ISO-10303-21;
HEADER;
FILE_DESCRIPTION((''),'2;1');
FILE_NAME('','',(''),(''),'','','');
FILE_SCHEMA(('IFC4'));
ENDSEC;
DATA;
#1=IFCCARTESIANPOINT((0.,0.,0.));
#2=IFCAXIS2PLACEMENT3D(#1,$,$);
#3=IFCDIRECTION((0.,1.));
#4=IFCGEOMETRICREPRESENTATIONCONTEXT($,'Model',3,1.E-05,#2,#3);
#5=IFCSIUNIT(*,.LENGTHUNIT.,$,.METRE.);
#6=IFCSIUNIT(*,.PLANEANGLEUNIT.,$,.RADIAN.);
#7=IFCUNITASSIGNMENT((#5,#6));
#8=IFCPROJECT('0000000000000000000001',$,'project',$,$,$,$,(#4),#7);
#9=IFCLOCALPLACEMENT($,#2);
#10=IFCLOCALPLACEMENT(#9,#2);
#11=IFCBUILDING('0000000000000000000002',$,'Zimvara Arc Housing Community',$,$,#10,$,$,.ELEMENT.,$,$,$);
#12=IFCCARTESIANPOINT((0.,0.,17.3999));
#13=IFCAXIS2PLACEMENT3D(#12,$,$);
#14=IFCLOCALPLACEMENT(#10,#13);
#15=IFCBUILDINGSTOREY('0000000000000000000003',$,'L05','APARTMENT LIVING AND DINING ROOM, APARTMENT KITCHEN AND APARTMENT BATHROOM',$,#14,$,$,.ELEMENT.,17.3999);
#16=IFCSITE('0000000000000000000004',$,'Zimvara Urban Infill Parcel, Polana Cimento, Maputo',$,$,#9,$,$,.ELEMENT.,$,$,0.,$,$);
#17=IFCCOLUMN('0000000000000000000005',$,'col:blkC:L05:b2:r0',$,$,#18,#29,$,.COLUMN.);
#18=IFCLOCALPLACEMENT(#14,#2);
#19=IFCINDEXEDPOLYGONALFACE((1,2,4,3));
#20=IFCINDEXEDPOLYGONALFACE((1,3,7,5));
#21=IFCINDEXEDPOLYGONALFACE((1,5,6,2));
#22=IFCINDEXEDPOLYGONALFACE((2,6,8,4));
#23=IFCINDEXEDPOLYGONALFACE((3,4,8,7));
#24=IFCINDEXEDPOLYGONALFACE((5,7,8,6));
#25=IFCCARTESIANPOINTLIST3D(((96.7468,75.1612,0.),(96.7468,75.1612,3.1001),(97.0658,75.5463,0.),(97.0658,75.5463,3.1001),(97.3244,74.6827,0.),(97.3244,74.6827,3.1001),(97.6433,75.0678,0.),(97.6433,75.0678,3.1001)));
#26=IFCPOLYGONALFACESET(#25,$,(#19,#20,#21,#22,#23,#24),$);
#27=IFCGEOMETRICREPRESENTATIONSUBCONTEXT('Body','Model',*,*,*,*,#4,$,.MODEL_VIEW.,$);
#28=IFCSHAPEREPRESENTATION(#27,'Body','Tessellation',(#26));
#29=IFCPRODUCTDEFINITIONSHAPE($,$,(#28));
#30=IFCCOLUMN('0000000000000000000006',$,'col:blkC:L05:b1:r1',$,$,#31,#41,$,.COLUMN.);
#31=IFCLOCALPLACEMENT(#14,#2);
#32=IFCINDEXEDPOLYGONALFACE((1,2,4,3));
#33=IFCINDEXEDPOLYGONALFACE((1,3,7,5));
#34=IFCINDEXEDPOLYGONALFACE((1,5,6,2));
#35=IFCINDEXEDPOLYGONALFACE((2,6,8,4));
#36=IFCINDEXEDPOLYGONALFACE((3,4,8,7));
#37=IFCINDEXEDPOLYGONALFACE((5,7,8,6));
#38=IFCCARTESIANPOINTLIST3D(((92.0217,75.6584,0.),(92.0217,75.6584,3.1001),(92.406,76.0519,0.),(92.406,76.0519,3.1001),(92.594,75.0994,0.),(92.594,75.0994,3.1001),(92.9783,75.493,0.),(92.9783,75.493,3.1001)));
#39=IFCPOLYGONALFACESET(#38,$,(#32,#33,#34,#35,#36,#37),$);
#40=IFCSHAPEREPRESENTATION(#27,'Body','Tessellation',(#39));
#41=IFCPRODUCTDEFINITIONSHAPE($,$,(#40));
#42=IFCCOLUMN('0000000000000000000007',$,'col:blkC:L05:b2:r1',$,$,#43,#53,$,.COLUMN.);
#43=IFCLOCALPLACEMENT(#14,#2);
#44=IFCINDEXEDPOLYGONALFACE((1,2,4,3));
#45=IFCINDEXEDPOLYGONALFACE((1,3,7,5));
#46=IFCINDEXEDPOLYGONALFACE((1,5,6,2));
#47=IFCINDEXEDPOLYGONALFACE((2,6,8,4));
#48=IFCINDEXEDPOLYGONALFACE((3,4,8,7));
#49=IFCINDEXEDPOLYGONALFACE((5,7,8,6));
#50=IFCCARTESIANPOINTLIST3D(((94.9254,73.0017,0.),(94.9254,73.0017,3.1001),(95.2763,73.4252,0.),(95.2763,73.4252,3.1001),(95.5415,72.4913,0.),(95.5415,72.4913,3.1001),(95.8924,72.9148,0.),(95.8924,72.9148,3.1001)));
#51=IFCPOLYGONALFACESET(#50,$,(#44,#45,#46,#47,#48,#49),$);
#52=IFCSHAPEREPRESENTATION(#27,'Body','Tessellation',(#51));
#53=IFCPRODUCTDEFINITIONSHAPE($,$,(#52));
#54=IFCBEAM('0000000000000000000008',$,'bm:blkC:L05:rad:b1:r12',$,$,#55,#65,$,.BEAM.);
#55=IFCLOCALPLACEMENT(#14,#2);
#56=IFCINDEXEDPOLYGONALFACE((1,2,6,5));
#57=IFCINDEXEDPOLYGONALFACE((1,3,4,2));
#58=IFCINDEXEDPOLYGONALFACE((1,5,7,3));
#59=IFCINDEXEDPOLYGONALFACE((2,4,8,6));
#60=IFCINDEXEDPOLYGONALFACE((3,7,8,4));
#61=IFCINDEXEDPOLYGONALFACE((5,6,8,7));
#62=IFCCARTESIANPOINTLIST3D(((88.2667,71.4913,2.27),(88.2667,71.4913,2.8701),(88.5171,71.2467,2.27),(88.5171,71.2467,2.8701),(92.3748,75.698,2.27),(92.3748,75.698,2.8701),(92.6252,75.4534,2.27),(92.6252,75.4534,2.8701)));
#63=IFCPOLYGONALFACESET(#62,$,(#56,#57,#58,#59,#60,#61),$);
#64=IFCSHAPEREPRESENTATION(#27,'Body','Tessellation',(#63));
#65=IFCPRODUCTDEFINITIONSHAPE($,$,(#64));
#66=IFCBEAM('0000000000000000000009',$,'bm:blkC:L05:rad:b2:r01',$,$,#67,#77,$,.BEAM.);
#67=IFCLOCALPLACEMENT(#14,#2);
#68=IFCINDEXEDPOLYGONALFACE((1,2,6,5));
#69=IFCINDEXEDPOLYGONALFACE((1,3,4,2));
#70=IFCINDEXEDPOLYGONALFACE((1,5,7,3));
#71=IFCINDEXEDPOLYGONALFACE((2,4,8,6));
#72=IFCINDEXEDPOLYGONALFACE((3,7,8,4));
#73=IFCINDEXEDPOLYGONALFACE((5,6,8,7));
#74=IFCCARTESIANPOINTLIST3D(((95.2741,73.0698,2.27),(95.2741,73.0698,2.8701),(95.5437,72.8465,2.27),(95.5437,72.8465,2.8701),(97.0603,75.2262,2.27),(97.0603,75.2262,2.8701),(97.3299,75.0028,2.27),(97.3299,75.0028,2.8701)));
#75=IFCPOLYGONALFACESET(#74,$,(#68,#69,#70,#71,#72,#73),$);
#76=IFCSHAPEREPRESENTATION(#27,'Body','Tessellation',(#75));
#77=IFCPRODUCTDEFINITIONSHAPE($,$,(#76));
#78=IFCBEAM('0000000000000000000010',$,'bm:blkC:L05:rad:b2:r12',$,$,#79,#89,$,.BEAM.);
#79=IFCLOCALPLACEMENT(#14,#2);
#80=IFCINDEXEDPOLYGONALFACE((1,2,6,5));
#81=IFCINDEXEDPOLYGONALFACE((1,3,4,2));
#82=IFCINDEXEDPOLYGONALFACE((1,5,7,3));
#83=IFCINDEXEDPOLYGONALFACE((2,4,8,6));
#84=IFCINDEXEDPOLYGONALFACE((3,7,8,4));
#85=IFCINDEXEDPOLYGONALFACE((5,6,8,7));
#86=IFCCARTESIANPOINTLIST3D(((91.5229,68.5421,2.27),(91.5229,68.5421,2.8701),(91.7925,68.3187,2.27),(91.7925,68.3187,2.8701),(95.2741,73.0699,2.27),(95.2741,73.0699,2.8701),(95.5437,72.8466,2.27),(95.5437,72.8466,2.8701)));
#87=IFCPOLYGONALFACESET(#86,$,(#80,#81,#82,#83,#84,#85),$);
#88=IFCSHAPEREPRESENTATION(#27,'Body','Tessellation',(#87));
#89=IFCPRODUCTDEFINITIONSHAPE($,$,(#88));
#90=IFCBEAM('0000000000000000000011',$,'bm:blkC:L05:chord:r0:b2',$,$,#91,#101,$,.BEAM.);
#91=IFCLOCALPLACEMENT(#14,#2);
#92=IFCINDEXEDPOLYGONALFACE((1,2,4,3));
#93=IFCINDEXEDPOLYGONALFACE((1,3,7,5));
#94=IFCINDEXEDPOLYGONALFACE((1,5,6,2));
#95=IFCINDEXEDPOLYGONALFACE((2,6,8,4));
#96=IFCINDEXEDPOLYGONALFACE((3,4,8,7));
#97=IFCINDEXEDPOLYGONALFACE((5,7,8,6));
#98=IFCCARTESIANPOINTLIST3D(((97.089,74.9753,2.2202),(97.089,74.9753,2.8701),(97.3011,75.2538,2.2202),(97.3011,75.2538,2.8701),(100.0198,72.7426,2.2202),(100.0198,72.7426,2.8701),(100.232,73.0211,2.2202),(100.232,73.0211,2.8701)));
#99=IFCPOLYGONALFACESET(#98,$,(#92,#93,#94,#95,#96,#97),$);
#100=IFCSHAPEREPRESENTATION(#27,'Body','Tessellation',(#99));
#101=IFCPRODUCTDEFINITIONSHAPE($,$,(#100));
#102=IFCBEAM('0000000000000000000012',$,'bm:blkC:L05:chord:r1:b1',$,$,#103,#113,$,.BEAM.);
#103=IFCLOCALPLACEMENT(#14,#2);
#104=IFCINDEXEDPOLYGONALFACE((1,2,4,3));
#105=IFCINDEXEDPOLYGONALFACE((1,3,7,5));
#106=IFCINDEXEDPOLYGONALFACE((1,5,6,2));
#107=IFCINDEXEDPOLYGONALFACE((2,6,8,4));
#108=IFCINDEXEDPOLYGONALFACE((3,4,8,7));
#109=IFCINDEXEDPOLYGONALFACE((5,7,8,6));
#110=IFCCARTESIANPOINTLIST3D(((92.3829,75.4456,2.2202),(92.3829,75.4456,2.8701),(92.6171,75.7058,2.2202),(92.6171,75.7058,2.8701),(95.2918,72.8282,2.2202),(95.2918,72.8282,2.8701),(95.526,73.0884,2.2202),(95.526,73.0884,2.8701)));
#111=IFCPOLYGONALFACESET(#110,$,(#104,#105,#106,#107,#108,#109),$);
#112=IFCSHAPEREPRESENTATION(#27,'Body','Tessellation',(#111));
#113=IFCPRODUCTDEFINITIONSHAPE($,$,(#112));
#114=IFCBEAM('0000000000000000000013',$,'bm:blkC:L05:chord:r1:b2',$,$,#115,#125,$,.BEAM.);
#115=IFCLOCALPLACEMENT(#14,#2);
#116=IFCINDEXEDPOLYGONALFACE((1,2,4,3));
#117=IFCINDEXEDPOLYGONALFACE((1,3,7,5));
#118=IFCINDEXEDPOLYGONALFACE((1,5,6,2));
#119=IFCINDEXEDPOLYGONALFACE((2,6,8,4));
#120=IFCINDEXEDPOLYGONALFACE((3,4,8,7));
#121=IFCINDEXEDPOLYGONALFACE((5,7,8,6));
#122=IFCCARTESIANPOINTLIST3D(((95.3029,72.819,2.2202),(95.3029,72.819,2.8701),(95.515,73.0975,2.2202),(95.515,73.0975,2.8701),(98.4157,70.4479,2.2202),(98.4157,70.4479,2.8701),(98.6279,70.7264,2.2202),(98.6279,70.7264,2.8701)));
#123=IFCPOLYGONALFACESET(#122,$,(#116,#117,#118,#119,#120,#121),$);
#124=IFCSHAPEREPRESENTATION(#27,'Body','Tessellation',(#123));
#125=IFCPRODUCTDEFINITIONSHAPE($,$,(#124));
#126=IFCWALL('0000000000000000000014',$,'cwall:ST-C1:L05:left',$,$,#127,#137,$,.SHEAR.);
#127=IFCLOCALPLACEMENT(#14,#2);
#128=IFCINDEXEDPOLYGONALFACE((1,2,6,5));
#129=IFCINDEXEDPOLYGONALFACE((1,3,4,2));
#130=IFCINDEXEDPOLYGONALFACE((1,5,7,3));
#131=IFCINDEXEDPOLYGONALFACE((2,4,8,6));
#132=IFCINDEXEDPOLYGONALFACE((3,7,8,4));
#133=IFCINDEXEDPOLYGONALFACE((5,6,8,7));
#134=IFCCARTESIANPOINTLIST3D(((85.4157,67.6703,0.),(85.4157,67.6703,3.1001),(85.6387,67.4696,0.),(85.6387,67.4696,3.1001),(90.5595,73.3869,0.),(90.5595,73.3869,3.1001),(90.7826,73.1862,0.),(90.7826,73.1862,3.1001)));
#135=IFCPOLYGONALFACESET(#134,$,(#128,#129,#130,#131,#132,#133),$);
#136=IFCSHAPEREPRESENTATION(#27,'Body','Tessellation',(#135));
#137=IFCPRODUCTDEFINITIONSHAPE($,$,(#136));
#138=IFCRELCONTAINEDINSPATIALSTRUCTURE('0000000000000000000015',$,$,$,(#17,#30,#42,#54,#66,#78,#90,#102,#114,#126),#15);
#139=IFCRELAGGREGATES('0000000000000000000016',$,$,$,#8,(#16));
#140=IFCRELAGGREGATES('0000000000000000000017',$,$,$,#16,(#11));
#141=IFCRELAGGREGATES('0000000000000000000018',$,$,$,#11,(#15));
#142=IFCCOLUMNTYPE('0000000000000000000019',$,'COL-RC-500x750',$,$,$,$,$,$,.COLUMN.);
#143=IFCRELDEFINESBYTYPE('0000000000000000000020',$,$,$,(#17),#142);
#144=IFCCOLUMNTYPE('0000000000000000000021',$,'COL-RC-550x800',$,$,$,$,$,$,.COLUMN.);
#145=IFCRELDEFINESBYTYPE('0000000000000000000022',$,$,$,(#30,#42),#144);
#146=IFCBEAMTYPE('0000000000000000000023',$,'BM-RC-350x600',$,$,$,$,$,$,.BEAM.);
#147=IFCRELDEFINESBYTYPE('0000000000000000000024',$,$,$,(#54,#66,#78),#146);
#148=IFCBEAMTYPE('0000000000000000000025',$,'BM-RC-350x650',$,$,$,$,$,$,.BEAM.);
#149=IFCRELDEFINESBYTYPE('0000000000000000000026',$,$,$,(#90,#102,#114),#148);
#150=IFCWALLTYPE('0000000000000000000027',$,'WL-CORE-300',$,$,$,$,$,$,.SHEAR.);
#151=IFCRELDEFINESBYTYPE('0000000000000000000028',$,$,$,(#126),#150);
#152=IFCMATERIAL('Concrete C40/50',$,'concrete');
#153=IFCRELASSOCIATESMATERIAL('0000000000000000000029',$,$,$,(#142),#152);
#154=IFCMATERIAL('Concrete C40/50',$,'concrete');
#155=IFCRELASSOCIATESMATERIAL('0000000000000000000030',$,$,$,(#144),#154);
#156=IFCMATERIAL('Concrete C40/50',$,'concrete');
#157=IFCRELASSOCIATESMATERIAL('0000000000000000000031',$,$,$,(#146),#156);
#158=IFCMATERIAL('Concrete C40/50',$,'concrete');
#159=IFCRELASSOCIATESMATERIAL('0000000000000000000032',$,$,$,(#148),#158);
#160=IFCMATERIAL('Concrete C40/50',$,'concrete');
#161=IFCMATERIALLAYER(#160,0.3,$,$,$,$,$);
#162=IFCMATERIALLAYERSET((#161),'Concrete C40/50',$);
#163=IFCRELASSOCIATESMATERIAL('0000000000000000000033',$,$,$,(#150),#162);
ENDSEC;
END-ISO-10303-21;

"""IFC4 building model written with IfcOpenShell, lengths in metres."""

from ifc_helpers import new_model, si_unit, direction, frame, frame_2d, origin, origin_2d, place, context, subcontext, project, spatial, rectangle, extrude, material, layer, layer_set, material_profile, profile_set, type_object, element, save


model = new_model("IFC4")

# Units and contexts
model_context = context("Model", 3, precision=1e-05, world=origin(), true_north=direction((0.0, 1.0)))
body_context = subcontext(model_context, "Body", "Model", "MODEL_VIEW")
ifc_project = project(units=[si_unit("LENGTHUNIT", "METRE"), si_unit("PLANEANGLEUNIT", "RADIAN")], contexts=[model_context])

# Site, building, storey
site_placement = place(None, origin())
site = spatial("IfcSite", under=ifc_project, at=site_placement, Name="Zimvara Urban Infill Parcel, Polana Cimento, Maputo", CompositionType="ELEMENT", RefElevation=0.0)
building_placement = place(site_placement, origin())
building = spatial("IfcBuilding", under=site, at=building_placement, Name="Zimvara Arc Housing Community", CompositionType="ELEMENT")
storey_placement = place(building_placement, frame((0.0, 0.0, 17.3999)))
storey = spatial("IfcBuildingStorey", under=building, at=storey_placement, Name="L05", Description="APARTMENT LIVING AND DINING ROOM, APARTMENT KITCHEN AND APARTMENT BATHROOM", CompositionType="ELEMENT", Elevation=17.3999)

# Columns
ifc_material_1 = material(Name="Concrete C40/50", Category="concrete")
ifc_material_profile_1 = material_profile(ifc_material_1, rectangle(XDim=0.5, YDim=0.75, at=origin_2d()), Name="RC 500x750")
ifc_profile_set_1 = profile_set([ifc_material_profile_1], Name="Concrete C40/50")
column_type_1 = type_object("IfcColumnType", Name="COL-RC-500x750", PredefinedType="COLUMN", material=ifc_profile_set_1)
column_placement = place(storey_placement, frame((97.1951, 75.1145, 0.0), z_axis=(0.0, 0.0, 1.0), x_axis=(-0.637962, -0.770068, 0.0)))
element("IfcColumn", 1, at=column_placement, inside=storey, type_object=column_type_1, Name="col:blkC:L05:b2:r0", PredefinedType="COLUMN", context=body_context, shape_type="SweptSolid", body=[
    extrude(rectangle(XDim=0.5, YDim=0.75, at=origin_2d()), origin(), (0.0, 0.0, 1.0), 3.1001),
])
ifc_material_2 = material(Name="Concrete C40/50", Category="concrete")
ifc_material_profile_2 = material_profile(ifc_material_2, rectangle(XDim=0.55, YDim=0.8, at=origin_2d()), Name="RC 550x800")
ifc_profile_set_2 = profile_set([ifc_material_profile_2], Name="Concrete C40/50")
column_type_2 = type_object("IfcColumnType", Name="COL-RC-550x800", PredefinedType="COLUMN", material=ifc_profile_set_2)
for number, where, z_axis, x_axis, name in (
    (2, (92.5, 75.5757, 0.0), (0.0, 0.0, 1.0), (-0.698665, -0.715449, 0.0), "col:blkC:L05:b1:r1"),
    (3, (95.4089, 72.9583, 0.0), (0.0, 0.0, 1.0), (-0.637962, -0.770068, 0.0), "col:blkC:L05:b2:r1"),
):
    element("IfcColumn", number, at=place(storey_placement, frame(where, z_axis=z_axis, x_axis=x_axis)), inside=storey, type_object=column_type_2, Name=name, PredefinedType="COLUMN", context=body_context, shape_type="SweptSolid", body=[
        extrude(rectangle(XDim=0.55, YDim=0.8, at=origin_2d()), origin(), (0.0, 0.0, 1.0), 3.1001),
    ])

# Beams
ifc_material_3 = material(Name="Concrete C40/50", Category="concrete")
ifc_material_profile_3 = material_profile(ifc_material_3, rectangle(XDim=0.3501, YDim=0.6001, at=origin_2d()), Name="RC 350x600")
ifc_profile_set_3 = profile_set([ifc_material_profile_3], Name="Concrete C40/50")
beam_type_1 = type_object("IfcBeamType", Name="BM-RC-350x600", PredefinedType="BEAM", material=ifc_profile_set_3)
beam_1_placement = place(storey_placement, frame((92.5, 75.5757, 2.5701), z_axis=(-0.69867, -0.715444, 0.0), x_axis=(0.715444, -0.69867, 0.0)))
element("IfcBeam", 4, at=beam_1_placement, inside=storey, type_object=beam_type_1, Name="bm:blkC:L05:rad:b1:r12", PredefinedType="BEAM", context=body_context, shape_type="SweptSolid", body=[
    extrude(rectangle(XDim=0.3501, YDim=0.6001, at=origin_2d()), origin(), (0.0, 0.0, 1.0), 5.8799),
])
beam_2_placement = place(storey_placement, frame((97.1951, 75.1145, 2.5701), z_axis=(-0.637917, -0.770105, 0.0), x_axis=(0.770105, -0.637917, 0.0)))
element("IfcBeam", 5, at=beam_2_placement, inside=storey, type_object=beam_type_1, Name="bm:blkC:L05:rad:b2:r01", PredefinedType="BEAM", context=body_context, shape_type="SweptSolid", body=[
    extrude(rectangle(XDim=0.3501, YDim=0.6001, at=origin_2d()), origin(), (0.0, 0.0, 1.0), 2.8),
])
beam_3_placement = place(storey_placement, frame((95.4089, 72.9583, 2.5701), z_axis=(-0.637976, -0.770056, 0.0), x_axis=(0.770056, -0.637976, 0.0)))
element("IfcBeam", 6, at=beam_3_placement, inside=storey, type_object=beam_type_1, Name="bm:blkC:L05:rad:b2:r12", PredefinedType="BEAM", context=body_context, shape_type="SweptSolid", body=[
    extrude(rectangle(XDim=0.3501, YDim=0.6001, at=origin_2d()), origin(), (0.0, 0.0, 1.0), 5.8799),
])
ifc_material_4 = material(Name="Concrete C40/50", Category="concrete")
ifc_material_profile_4 = material_profile(ifc_material_4, rectangle(XDim=0.3501, YDim=0.6499, at=origin_2d()), Name="RC 350x650")
ifc_profile_set_4 = profile_set([ifc_material_profile_4], Name="Concrete C40/50")
beam_type_2 = type_object("IfcBeamType", Name="BM-RC-350x650", PredefinedType="BEAM", material=ifc_profile_set_4)
beam_4_placement = place(storey_placement, frame((97.1951, 75.1145, 2.5452), z_axis=(0.795485, -0.605973, 0.0), x_axis=(0.605973, 0.795485, 0.0)))
element("IfcBeam", 7, at=beam_4_placement, inside=storey, type_object=beam_type_2, Name="bm:blkC:L05:chord:r0:b2", PredefinedType="BEAM", context=body_context, shape_type="SweptSolid", body=[
    extrude(rectangle(XDim=0.3501, YDim=0.6499, at=origin_2d()), origin(), (0.0, 0.0, 1.0), 3.6843),
])
for number, where, z_axis, x_axis, name in (
    (8, (92.5, 75.5757, 2.5452), (0.743372, -0.668879, 0.0), (0.668879, 0.743372, 0.0), "bm:blkC:L05:chord:r1:b1"),
    (9, (95.4089, 72.9583, 2.5452), (0.7955, -0.605953, 0.0), (0.605953, 0.7955, 0.0), "bm:blkC:L05:chord:r1:b2"),
):
    element("IfcBeam", number, at=place(storey_placement, frame(where, z_axis=z_axis, x_axis=x_axis)), inside=storey, type_object=beam_type_2, Name=name, PredefinedType="BEAM", context=body_context, shape_type="SweptSolid", body=[
        extrude(rectangle(XDim=0.3501, YDim=0.6499, at=origin_2d()), origin(), (0.0, 0.0, 1.0), 3.9131),
    ])

# Shared definitions
ifc_material_5 = material(Name="Concrete C40/50", Category="concrete")
ifc_layer_1 = layer(ifc_material_5, 0.3)
ifc_layer_set_1 = layer_set([ifc_layer_1], Name="Concrete C40/50")
wall_type_1 = type_object("IfcWallType", Name="WL-CORE-300", PredefinedType="SHEAR", material=ifc_layer_set_1)

# Wall
wall_1_placement = place(storey_placement, frame((90.6711, 73.2866, 0.0), z_axis=(0.0, 0.0, 1.0), x_axis=(-0.668886, -0.743365, 0.0)))
element("IfcWall", 10, at=wall_1_placement, inside=storey, type_object=wall_type_1, Name="cwall:ST-C1:L05:left", PredefinedType="SHEAR", context=body_context, shape_type="SweptSolid", body=[
    extrude(rectangle(XDim=7.6902, YDim=0.3, at=frame_2d((3.8452, 0.0))), origin(), (0.0, 0.0, 1.0), 3.1001),
])

save(model, "model.ifc")
